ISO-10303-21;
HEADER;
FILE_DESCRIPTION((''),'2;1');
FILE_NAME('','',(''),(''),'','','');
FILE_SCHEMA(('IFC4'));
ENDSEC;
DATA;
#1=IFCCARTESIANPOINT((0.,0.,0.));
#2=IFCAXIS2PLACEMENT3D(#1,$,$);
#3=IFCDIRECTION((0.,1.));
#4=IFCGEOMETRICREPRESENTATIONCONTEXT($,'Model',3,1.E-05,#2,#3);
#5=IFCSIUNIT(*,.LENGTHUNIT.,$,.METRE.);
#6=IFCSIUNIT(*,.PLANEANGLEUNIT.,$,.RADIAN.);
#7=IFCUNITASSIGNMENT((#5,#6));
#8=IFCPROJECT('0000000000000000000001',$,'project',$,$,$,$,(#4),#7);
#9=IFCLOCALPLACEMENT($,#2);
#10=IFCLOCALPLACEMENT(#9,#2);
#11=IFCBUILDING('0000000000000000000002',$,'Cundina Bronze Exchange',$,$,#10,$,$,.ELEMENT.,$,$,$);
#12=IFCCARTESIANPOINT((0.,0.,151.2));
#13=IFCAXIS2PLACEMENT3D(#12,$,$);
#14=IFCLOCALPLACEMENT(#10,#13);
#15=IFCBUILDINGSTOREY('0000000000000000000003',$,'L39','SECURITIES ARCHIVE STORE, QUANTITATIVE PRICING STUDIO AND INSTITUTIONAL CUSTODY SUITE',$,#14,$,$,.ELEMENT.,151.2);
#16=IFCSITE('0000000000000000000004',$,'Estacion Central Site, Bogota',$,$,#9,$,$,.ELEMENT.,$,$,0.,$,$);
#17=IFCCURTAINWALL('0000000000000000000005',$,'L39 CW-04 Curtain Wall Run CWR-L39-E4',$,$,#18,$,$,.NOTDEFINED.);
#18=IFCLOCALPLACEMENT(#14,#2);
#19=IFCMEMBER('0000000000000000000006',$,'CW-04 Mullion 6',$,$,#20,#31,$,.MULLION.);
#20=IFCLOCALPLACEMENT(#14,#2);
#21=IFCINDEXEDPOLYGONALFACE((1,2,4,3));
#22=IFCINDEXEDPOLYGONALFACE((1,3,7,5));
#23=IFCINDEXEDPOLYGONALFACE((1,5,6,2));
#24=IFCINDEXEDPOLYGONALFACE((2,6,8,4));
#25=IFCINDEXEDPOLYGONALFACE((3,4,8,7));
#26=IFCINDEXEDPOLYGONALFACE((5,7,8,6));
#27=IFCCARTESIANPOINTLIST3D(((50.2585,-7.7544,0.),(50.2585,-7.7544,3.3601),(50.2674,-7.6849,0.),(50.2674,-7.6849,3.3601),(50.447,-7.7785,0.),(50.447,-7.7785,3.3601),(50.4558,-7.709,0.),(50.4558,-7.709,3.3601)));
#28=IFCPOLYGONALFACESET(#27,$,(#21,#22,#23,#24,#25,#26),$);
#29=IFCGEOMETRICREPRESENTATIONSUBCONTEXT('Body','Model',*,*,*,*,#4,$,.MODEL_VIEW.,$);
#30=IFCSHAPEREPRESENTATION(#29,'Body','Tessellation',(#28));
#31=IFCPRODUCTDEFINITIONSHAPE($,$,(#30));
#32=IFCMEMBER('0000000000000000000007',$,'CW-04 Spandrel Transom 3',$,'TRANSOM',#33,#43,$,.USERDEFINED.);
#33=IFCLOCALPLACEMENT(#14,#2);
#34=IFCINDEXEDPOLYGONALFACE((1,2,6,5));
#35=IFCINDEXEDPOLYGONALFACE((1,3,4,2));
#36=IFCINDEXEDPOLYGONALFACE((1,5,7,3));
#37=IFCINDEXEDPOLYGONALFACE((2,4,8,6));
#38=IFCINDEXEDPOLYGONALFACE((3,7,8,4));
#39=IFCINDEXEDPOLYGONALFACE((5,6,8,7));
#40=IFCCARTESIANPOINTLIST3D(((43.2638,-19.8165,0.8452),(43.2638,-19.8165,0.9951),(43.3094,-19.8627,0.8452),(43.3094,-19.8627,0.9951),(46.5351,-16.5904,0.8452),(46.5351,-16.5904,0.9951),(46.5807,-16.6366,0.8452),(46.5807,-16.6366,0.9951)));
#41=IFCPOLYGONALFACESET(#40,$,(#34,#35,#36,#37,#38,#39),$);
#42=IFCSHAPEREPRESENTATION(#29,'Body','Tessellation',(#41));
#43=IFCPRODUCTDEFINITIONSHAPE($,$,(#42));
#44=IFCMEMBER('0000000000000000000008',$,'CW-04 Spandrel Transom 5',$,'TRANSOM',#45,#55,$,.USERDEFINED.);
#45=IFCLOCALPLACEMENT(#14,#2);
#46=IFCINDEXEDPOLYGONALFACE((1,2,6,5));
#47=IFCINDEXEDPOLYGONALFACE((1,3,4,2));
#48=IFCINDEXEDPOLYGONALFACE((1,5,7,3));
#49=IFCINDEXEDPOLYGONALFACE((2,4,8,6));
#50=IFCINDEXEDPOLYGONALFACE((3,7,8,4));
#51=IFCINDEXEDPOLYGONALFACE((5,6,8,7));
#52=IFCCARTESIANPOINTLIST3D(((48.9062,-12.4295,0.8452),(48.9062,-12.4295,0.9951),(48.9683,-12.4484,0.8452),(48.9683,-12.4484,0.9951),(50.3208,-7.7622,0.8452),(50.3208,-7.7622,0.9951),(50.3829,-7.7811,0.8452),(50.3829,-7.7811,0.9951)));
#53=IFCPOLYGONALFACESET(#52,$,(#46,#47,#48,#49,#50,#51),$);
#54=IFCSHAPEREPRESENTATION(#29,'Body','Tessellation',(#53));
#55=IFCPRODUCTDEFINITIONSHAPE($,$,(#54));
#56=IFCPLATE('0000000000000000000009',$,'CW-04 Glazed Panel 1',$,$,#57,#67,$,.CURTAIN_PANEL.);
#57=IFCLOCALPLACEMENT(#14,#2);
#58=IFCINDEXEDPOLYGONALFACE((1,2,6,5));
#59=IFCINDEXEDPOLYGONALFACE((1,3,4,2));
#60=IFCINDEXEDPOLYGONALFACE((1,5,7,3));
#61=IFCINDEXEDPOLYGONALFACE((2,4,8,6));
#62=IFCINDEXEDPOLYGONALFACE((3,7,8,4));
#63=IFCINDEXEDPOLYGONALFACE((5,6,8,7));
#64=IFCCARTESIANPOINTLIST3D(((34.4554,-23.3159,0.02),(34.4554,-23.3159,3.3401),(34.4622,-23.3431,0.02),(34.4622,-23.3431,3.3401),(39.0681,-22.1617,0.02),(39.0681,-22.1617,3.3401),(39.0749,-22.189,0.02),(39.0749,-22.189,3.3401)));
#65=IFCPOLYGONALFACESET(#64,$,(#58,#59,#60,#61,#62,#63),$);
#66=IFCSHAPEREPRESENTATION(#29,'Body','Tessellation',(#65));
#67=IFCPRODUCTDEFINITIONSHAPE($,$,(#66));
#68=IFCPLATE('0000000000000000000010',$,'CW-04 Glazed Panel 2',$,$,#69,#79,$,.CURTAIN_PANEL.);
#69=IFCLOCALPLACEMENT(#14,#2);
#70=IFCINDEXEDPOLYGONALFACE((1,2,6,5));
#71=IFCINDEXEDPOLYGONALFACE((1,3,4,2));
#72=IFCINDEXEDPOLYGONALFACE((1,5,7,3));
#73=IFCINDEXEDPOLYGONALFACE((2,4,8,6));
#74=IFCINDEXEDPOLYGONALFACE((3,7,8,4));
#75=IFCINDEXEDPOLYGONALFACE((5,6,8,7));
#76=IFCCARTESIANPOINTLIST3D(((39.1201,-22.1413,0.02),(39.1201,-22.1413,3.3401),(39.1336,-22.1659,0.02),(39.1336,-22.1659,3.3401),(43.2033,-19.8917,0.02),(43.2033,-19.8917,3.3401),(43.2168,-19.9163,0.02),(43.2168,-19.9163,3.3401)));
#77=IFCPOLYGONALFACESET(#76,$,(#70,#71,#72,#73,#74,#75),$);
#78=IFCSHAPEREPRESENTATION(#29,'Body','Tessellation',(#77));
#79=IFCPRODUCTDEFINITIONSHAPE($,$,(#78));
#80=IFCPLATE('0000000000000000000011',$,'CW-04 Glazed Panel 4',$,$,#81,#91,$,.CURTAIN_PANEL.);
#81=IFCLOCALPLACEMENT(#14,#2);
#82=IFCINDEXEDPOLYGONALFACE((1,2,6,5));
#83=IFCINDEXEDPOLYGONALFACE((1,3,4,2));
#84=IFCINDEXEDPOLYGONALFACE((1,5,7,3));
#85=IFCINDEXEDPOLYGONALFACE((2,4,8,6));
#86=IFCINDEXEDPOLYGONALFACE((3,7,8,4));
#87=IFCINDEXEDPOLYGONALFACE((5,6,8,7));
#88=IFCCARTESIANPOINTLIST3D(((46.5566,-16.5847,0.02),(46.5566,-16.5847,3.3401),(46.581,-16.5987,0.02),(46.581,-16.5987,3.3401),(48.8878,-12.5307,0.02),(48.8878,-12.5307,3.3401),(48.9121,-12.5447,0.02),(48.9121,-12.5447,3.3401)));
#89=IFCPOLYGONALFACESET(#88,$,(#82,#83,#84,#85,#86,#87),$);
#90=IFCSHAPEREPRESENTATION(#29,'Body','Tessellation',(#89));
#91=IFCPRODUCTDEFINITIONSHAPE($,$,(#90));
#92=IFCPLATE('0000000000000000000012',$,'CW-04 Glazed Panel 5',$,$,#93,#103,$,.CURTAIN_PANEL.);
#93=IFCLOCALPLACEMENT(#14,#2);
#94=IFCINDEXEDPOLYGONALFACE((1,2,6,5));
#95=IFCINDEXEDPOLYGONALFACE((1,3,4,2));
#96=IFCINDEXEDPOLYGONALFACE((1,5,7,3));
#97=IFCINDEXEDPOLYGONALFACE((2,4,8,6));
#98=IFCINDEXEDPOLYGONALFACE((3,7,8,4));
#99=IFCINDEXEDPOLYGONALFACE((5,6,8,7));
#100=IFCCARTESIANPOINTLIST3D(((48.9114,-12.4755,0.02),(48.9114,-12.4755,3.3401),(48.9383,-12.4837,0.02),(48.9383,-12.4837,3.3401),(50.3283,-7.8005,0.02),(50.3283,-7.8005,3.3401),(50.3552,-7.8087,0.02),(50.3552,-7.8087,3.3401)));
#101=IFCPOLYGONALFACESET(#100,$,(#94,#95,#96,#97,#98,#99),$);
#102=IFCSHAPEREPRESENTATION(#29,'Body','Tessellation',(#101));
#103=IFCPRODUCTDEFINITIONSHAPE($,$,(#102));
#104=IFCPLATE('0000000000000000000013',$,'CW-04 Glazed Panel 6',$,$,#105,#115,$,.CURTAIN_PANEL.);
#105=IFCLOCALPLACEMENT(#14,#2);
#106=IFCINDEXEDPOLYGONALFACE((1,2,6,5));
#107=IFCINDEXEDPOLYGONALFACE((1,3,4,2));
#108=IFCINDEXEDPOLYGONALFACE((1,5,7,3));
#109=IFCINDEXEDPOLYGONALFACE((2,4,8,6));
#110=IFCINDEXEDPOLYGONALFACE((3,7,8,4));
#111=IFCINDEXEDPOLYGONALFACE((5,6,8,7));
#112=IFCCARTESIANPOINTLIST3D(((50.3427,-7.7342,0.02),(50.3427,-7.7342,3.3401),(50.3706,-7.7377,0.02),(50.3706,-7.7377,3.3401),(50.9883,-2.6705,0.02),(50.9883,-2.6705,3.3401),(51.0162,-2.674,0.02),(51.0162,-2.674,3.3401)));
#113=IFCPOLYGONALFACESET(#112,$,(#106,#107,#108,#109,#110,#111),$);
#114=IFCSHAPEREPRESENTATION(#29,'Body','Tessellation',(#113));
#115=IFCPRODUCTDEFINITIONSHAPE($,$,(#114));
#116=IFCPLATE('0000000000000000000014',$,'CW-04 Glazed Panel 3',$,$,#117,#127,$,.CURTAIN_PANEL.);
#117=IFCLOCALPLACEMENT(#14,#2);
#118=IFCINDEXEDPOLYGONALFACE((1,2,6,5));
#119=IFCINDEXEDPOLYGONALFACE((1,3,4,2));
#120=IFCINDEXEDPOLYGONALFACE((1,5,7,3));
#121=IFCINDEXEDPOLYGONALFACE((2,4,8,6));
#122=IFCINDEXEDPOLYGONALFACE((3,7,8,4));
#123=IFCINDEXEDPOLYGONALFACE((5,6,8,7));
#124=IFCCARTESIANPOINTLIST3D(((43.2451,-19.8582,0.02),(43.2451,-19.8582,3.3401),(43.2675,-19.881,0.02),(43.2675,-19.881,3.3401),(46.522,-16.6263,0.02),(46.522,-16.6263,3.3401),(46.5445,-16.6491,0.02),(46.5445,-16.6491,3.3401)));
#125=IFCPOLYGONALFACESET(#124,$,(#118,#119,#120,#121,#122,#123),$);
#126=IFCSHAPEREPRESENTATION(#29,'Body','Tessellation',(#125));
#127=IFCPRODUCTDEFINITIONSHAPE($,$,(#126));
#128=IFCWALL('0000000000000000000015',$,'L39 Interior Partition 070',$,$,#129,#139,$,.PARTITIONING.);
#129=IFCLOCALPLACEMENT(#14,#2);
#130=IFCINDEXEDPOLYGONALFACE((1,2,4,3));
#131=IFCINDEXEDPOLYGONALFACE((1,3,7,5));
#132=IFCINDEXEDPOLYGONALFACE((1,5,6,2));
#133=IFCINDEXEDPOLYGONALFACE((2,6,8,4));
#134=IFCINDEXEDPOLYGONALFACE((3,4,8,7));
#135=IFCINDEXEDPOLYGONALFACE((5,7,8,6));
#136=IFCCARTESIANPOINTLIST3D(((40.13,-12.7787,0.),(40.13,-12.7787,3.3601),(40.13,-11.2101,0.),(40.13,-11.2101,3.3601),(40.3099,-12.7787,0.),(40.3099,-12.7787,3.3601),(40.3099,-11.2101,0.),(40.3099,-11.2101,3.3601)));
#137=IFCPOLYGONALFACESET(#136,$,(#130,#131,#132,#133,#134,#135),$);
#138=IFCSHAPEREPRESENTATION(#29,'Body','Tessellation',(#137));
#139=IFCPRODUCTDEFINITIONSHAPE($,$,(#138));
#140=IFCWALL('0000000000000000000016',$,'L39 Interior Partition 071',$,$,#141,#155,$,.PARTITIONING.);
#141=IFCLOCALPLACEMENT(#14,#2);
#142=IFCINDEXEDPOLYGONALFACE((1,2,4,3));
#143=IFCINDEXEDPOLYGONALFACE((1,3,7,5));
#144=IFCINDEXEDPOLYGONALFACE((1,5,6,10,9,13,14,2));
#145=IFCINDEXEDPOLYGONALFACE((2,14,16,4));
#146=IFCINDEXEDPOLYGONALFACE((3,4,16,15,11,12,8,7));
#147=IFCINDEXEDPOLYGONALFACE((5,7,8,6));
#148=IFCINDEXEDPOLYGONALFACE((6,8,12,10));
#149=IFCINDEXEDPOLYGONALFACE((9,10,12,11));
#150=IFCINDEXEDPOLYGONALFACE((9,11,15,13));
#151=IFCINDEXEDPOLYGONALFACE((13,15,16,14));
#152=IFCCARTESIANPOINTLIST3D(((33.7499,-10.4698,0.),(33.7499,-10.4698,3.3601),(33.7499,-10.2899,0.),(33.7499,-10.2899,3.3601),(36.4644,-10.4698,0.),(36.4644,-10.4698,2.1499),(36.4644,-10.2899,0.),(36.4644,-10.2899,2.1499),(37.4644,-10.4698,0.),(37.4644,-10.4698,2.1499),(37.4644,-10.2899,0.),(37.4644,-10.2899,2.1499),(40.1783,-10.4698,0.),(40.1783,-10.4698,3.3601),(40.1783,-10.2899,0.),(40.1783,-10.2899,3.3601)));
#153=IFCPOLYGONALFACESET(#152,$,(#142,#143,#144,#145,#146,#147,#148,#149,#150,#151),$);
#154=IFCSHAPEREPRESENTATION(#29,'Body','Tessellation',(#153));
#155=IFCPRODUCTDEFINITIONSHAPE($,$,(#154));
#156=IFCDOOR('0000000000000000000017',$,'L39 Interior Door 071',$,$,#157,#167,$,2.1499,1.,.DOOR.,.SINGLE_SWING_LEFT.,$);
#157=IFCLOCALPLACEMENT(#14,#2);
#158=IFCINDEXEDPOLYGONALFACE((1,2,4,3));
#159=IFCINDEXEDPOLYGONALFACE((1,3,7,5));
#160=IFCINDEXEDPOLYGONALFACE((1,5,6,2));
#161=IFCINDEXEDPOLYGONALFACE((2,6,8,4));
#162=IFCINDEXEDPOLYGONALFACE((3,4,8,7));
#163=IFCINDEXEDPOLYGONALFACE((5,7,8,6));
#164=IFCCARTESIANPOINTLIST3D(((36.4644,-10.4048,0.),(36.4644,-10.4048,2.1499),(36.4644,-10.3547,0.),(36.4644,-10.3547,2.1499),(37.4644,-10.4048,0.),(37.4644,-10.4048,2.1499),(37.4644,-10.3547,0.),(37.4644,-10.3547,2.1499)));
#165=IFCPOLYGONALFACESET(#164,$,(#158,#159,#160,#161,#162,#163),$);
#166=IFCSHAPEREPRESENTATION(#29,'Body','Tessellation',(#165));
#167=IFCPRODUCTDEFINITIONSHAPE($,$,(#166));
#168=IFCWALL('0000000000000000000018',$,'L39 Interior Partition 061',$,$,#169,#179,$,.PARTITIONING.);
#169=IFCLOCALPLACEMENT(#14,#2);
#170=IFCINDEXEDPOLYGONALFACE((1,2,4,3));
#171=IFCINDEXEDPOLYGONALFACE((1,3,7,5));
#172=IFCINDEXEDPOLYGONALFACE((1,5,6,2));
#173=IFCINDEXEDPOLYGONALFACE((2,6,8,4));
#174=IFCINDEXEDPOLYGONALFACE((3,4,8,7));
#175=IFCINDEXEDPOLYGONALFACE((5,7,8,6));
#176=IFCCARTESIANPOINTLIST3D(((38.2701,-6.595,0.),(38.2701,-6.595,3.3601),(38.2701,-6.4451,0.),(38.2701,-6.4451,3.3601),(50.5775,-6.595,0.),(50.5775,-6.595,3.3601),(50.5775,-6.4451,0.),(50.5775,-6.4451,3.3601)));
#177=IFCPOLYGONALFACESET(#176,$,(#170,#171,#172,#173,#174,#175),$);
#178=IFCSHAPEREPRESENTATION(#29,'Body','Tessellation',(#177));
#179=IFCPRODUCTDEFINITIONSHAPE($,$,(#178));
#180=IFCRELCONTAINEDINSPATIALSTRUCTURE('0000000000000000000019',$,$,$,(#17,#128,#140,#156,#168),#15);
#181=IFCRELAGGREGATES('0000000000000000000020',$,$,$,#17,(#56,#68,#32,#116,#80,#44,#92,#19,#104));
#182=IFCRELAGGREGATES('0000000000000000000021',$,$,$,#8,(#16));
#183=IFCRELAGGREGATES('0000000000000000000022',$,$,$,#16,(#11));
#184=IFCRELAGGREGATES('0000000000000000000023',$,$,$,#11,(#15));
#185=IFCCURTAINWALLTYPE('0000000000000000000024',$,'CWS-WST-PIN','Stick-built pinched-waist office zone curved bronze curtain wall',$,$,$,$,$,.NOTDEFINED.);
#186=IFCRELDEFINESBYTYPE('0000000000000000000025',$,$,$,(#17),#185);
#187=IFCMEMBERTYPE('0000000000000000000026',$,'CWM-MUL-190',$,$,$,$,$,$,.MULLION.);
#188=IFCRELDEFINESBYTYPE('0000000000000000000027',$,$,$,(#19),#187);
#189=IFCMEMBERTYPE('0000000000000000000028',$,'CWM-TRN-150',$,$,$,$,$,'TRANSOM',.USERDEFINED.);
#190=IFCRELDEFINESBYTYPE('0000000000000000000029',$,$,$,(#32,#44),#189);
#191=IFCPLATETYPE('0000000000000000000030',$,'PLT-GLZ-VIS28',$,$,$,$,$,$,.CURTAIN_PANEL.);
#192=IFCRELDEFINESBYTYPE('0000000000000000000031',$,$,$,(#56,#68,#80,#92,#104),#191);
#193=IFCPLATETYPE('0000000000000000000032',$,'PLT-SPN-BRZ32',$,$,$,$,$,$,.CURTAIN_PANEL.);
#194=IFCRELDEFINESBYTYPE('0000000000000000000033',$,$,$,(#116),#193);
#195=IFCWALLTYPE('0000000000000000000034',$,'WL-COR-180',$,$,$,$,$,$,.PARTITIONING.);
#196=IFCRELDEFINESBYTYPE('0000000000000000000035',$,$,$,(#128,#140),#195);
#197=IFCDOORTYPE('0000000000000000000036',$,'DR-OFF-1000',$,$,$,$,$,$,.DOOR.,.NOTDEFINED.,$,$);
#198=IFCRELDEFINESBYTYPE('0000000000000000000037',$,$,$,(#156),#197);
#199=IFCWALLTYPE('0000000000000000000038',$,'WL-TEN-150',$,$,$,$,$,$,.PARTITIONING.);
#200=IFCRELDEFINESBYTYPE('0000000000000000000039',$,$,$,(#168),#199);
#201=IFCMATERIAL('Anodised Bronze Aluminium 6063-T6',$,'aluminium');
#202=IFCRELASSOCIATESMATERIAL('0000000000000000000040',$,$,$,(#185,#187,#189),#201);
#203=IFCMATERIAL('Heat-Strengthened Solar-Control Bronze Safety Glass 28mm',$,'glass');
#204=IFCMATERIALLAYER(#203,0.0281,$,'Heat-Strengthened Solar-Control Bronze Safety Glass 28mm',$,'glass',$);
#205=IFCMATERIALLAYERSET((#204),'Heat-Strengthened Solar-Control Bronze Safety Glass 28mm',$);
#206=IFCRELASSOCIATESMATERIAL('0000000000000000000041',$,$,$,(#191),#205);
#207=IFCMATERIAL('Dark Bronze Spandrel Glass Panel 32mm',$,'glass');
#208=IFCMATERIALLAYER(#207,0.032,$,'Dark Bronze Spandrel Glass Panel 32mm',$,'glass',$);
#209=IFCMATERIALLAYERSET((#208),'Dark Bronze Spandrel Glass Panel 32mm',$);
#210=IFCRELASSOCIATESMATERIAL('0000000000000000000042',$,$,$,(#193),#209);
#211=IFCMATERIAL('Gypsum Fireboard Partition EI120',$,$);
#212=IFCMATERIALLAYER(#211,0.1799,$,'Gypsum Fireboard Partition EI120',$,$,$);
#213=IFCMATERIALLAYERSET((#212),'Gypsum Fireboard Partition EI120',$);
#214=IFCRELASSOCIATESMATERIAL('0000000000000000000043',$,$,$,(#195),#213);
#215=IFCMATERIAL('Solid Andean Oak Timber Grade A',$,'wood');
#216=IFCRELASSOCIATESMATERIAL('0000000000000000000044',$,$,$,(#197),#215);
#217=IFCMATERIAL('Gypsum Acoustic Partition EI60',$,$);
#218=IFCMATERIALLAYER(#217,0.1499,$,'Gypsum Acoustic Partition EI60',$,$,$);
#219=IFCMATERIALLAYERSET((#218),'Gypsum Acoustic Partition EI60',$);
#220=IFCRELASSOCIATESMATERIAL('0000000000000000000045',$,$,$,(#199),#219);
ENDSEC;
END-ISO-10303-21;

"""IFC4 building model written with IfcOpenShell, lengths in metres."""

from ifc_helpers import new_model, si_unit, direction, frame, frame_2d, origin, origin_2d, place, context, subcontext, project, spatial, rectangle, extrude, material, layer, layer_set, material_profile, profile_set, type_object, element, fill, aggregate, save


model = new_model("IFC4")

# Units and contexts
model_context = context("Model", 3, precision=1e-05, world=origin(), true_north=direction((0.0, 1.0)))
body_context = subcontext(model_context, "Body", "Model", "MODEL_VIEW")
ifc_project = project(units=[si_unit("LENGTHUNIT", "METRE"), si_unit("PLANEANGLEUNIT", "RADIAN")], contexts=[model_context])

# Site, building, storey
site_placement = place(None, origin())
site = spatial("IfcSite", under=ifc_project, at=site_placement, Name="Estacion Central Site, Bogota", CompositionType="ELEMENT", RefElevation=0.0)
building_placement = place(site_placement, origin())
building = spatial("IfcBuilding", under=site, at=building_placement, Name="Cundina Bronze Exchange", CompositionType="ELEMENT")
storey_placement = place(building_placement, frame((0.0, 0.0, 151.2)))
storey = spatial("IfcBuildingStorey", under=building, at=storey_placement, Name="L39", Description="SECURITIES ARCHIVE STORE, QUANTITATIVE PRICING STUDIO AND INSTITUTIONAL CUSTODY SUITE", CompositionType="ELEMENT", Elevation=151.2)

# Curtain wall, members, plates
ifc_material_1 = material(Name="Anodised Bronze Aluminium 6063-T6", Category="aluminium")
curtain_wall_type = type_object("IfcCurtainWallType", Name="CWS-WST-PIN", Description="Stick-built pinched-waist office zone curved bronze curtain wall", PredefinedType="NOTDEFINED", material=ifc_material_1)
curtain_wall_placement = place(storey_placement, origin())
curtain_wall = element("IfcCurtainWall", 1, at=curtain_wall_placement, inside=storey, type_object=curtain_wall_type, Name="L39 CW-04 Curtain Wall Run CWR-L39-E4", PredefinedType="NOTDEFINED")
ifc_material_profile_1 = material_profile(ifc_material_1, rectangle(XDim=0.0701, YDim=0.1899, at=origin_2d()), Name="AL70X190", Category="aluminium")
ifc_profile_set_1 = profile_set([ifc_material_profile_1], Name="Anodised Bronze Aluminium 6063-T6")
member_type_1 = type_object("IfcMemberType", Name="CWM-MUL-190", PredefinedType="MULLION", material=ifc_profile_set_1)
member_1_placement = place(storey_placement, frame((50.3572, -7.7317, 0.0), z_axis=(0.0, 0.0, 1.0), x_axis=(0.126545, 0.991961, 0.0)))
member_1 = element("IfcMember", 2, at=member_1_placement, type_object=member_type_1, Name="CW-04 Mullion 6", PredefinedType="MULLION", context=body_context, shape_type="SweptSolid", body=[
    extrude(rectangle(XDim=0.0701, YDim=0.1899, at=origin_2d()), origin(), (0.0, 0.0, 1.0), 3.3601),
])
ifc_material_profile_2 = material_profile(ifc_material_1, rectangle(XDim=0.0649, YDim=0.1499, at=origin_2d()), Name="AL65X150", Category="aluminium")
ifc_profile_set_2 = profile_set([ifc_material_profile_2], Name="Anodised Bronze Aluminium 6063-T6")
member_type_2 = type_object("IfcMemberType", Name="CWM-TRN-150", ElementType="TRANSOM", PredefinedType="USERDEFINED", material=ifc_profile_set_2)
member_2_placement = place(storey_placement, frame((43.2866, -19.8396, 0.9202), z_axis=(0.712005, 0.702174, 0.0), x_axis=(-0.702174, 0.712005, 0.0)))
member_2 = element("IfcMember", 3, at=member_2_placement, type_object=member_type_2, Name="CW-04 Spandrel Transom 3", ObjectType="TRANSOM", PredefinedType="USERDEFINED", context=body_context, shape_type="SweptSolid", body=[
    extrude(rectangle(XDim=0.0649, YDim=0.1499, at=origin_2d()), origin(), (0.0, 0.0, 1.0), 4.5945),
])
member_3_placement = place(storey_placement, frame((48.9373, -12.439, 0.9202), z_axis=(0.290052, 0.957011, 0.0), x_axis=(-0.957011, 0.290052, 0.0)))
member_3 = element("IfcMember", 4, at=member_3_placement, type_object=member_type_2, Name="CW-04 Spandrel Transom 5", ObjectType="TRANSOM", PredefinedType="USERDEFINED", context=body_context, shape_type="SweptSolid", body=[
    extrude(rectangle(XDim=0.0649, YDim=0.1499, at=origin_2d()), origin(), (0.0, 0.0, 1.0), 4.877),
])
ifc_material_2 = material(Name="Heat-Strengthened Solar-Control Bronze Safety Glass 28mm", Category="glass")
ifc_layer_1 = layer(ifc_material_2, 0.0281, Name="Heat-Strengthened Solar-Control Bronze Safety Glass 28mm", Category="glass")
ifc_layer_set_1 = layer_set([ifc_layer_1], Name="Heat-Strengthened Solar-Control Bronze Safety Glass 28mm")
plate_type_1 = type_object("IfcPlateType", Name="PLT-GLZ-VIS28", PredefinedType="CURTAIN_PANEL", material=ifc_layer_set_1)
plate_1_placement = place(storey_placement, frame((36.7651, -22.7524, 0.02), z_axis=(0.0, 0.0, 1.0), x_axis=(0.970093, 0.242735, 0.0)))
plate_1 = element("IfcPlate", 5, at=plate_1_placement, type_object=plate_type_1, Name="CW-04 Glazed Panel 1", PredefinedType="CURTAIN_PANEL", context=body_context, shape_type="SweptSolid", body=[
    extrude(rectangle(XDim=4.7549, YDim=0.0281, at=origin_2d()), origin(), (0.0, 0.0, 1.0), 3.3201),
])
plate_2_placement = place(storey_placement, frame((41.1685, -21.0288, 0.02), z_axis=(0.0, 0.0, 1.0), x_axis=(0.875869, 0.482549, 0.0)))
plate_2 = element("IfcPlate", 6, at=plate_2_placement, type_object=plate_type_1, Name="CW-04 Glazed Panel 2", PredefinedType="CURTAIN_PANEL", context=body_context, shape_type="SweptSolid", body=[
    extrude(rectangle(XDim=4.6619, YDim=0.0281, at=origin_2d()), origin(), (0.0, 0.0, 1.0), 3.3201),
])
plate_3_placement = place(storey_placement, frame((47.7344, -14.5647, 0.02), z_axis=(0.0, 0.0, 1.0), x_axis=(0.498488, 0.866897, 0.0)))
plate_3 = element("IfcPlate", 7, at=plate_3_placement, type_object=plate_type_1, Name="CW-04 Glazed Panel 4", PredefinedType="CURTAIN_PANEL", context=body_context, shape_type="SweptSolid", body=[
    extrude(rectangle(XDim=4.6765, YDim=0.0281, at=origin_2d()), origin(), (0.0, 0.0, 1.0), 3.3201),
])
plate_4_placement = place(storey_placement, frame((49.6333, -10.1421, 0.02), z_axis=(0.0, 0.0, 1.0), x_axis=(0.290051, 0.957011, 0.0)))
plate_4 = element("IfcPlate", 8, at=plate_4_placement, type_object=plate_type_1, Name="CW-04 Glazed Panel 5", PredefinedType="CURTAIN_PANEL", context=body_context, shape_type="SweptSolid", body=[
    extrude(rectangle(XDim=4.885, YDim=0.0281, at=origin_2d()), origin(), (0.0, 0.0, 1.0), 3.3201),
])
plate_5_placement = place(storey_placement, frame((50.6794, -5.2041, 0.02), z_axis=(0.0, 0.0, 1.0), x_axis=(0.126476, 0.99197, 0.0)))
plate_5 = element("IfcPlate", 9, at=plate_5_placement, type_object=plate_type_1, Name="CW-04 Glazed Panel 6", PredefinedType="CURTAIN_PANEL", context=body_context, shape_type="SweptSolid", body=[
    extrude(rectangle(XDim=5.1047, YDim=0.0281, at=origin_2d()), origin(), (0.0, 0.0, 1.0), 3.3201),
])
ifc_material_3 = material(Name="Dark Bronze Spandrel Glass Panel 32mm", Category="glass")
ifc_layer_2 = layer(ifc_material_3, 0.032, Name="Dark Bronze Spandrel Glass Panel 32mm", Category="glass")
ifc_layer_set_2 = layer_set([ifc_layer_2], Name="Dark Bronze Spandrel Glass Panel 32mm")
plate_type_2 = type_object("IfcPlateType", Name="PLT-SPN-BRZ32", PredefinedType="CURTAIN_PANEL", material=ifc_layer_set_2)
plate_6_placement = place(storey_placement, frame((44.8948, -18.2537, 0.02), z_axis=(0.0, 0.0, 1.0), x_axis=(0.711989, 0.70219, 0.0)))
plate_6 = element("IfcPlate", 10, at=plate_6_placement, type_object=plate_type_2, Name="CW-04 Glazed Panel 3", PredefinedType="CURTAIN_PANEL", context=body_context, shape_type="SweptSolid", body=[
    extrude(rectangle(XDim=4.6025, YDim=0.032, at=origin_2d()), origin(), (0.0, 0.0, 1.0), 3.3201),
])
aggregate(curtain_wall, [plate_1, plate_2, member_2, plate_6, plate_3, member_3, plate_4, member_1, plate_5])

# Wall
ifc_material_4 = material(Name="Gypsum Fireboard Partition EI120")
ifc_layer_3 = layer(ifc_material_4, 0.1799, Name="Gypsum Fireboard Partition EI120")
ifc_layer_set_3 = layer_set([ifc_layer_3], Name="Gypsum Fireboard Partition EI120")
wall_type_1 = type_object("IfcWallType", Name="WL-COR-180", PredefinedType="PARTITIONING", material=ifc_layer_set_3)
wall_1_placement = place(storey_placement, frame((40.22, -12.7786, 0.0), z_axis=(0.0, 0.0, 1.0), x_axis=(0.0, 1.0, 0.0)))
element("IfcWall", 11, at=wall_1_placement, inside=storey, type_object=wall_type_1, Name="L39 Interior Partition 070", PredefinedType="PARTITIONING", context=body_context, shape_type="SweptSolid", body=[
    extrude(rectangle(XDim=1.5686, YDim=0.1799, at=frame_2d((0.7842, 0.0))), origin(), (0.0, 0.0, 1.0), 3.3601),
])

# Wall, opening, door
wall_2_placement = place(storey_placement, frame((40.1785, -10.3799, 0.0), z_axis=(0.0, 0.0, 1.0), x_axis=(-1.0, 0.0, 0.0)))
wall_2 = element("IfcWall", 12, at=wall_2_placement, inside=storey, type_object=wall_type_1, Name="L39 Interior Partition 071", PredefinedType="PARTITIONING", context=body_context, shape_type="SweptSolid", body=[
    extrude(rectangle(XDim=6.4285, YDim=0.1799, at=frame_2d((3.2144, 0.0))), origin(), (0.0, 0.0, 1.0), 3.3601),
])
opening_placement = place(wall_2_placement, frame((2.7141, 0.0, 0.0)))
opening = element("IfcOpeningElement", 13, at=opening_placement, cuts=wall_2, PredefinedType="OPENING", context=body_context, shape_type="SweptSolid", body=[
    extrude(rectangle(XDim=1.0, YDim=2.1499, at=frame_2d((0.5, 1.075))), frame((0.0, 0.0999, 0.0), z_axis=(0.0, -1.0, 0.0), x_axis=(1.0, 0.0, 0.0)), (0.0, 0.0, 1.0), 0.2),
])
ifc_material_5 = material(Name="Solid Andean Oak Timber Grade A", Category="wood")
door_type = type_object("IfcDoorType", Name="DR-OFF-1000", OperationType="NOTDEFINED", PredefinedType="DOOR", material=ifc_material_5)
door_placement = place(opening_placement, origin())
door = element("IfcDoor", 14, at=door_placement, inside=storey, type_object=door_type, Name="L39 Interior Door 071", OperationType="SINGLE_SWING_LEFT", OverallHeight=2.1499, OverallWidth=1.0, PredefinedType="DOOR", context=body_context, shape_type="SweptSolid", body=[
    extrude(rectangle(XDim=1.0, YDim=2.1499, at=frame_2d((0.5, 1.075))), frame((0.0, 0.0249, 0.0), z_axis=(0.0, -1.0, 0.0), x_axis=(1.0, 0.0, 0.0)), (0.0, 0.0, 1.0), 0.05),
])
fill(opening, door)

# Wall
ifc_material_6 = material(Name="Gypsum Acoustic Partition EI60")
ifc_layer_4 = layer(ifc_material_6, 0.1499, Name="Gypsum Acoustic Partition EI60")
ifc_layer_set_4 = layer_set([ifc_layer_4], Name="Gypsum Acoustic Partition EI60")
wall_type_2 = type_object("IfcWallType", Name="WL-TEN-150", PredefinedType="PARTITIONING", material=ifc_layer_set_4)
wall_3_placement = place(storey_placement, frame((38.27, -6.52, 0.0), z_axis=(0.0, 0.0, 1.0), x_axis=(1.0, 0.0, 0.0)))
element("IfcWall", 15, at=wall_3_placement, inside=storey, type_object=wall_type_2, Name="L39 Interior Partition 061", PredefinedType="PARTITIONING", context=body_context, shape_type="SweptSolid", body=[
    extrude(rectangle(XDim=12.3074, YDim=0.1499, at=frame_2d((6.1538, 0.0))), origin(), (0.0, 0.0, 1.0), 3.3601),
])

save(model, "model.ifc")
